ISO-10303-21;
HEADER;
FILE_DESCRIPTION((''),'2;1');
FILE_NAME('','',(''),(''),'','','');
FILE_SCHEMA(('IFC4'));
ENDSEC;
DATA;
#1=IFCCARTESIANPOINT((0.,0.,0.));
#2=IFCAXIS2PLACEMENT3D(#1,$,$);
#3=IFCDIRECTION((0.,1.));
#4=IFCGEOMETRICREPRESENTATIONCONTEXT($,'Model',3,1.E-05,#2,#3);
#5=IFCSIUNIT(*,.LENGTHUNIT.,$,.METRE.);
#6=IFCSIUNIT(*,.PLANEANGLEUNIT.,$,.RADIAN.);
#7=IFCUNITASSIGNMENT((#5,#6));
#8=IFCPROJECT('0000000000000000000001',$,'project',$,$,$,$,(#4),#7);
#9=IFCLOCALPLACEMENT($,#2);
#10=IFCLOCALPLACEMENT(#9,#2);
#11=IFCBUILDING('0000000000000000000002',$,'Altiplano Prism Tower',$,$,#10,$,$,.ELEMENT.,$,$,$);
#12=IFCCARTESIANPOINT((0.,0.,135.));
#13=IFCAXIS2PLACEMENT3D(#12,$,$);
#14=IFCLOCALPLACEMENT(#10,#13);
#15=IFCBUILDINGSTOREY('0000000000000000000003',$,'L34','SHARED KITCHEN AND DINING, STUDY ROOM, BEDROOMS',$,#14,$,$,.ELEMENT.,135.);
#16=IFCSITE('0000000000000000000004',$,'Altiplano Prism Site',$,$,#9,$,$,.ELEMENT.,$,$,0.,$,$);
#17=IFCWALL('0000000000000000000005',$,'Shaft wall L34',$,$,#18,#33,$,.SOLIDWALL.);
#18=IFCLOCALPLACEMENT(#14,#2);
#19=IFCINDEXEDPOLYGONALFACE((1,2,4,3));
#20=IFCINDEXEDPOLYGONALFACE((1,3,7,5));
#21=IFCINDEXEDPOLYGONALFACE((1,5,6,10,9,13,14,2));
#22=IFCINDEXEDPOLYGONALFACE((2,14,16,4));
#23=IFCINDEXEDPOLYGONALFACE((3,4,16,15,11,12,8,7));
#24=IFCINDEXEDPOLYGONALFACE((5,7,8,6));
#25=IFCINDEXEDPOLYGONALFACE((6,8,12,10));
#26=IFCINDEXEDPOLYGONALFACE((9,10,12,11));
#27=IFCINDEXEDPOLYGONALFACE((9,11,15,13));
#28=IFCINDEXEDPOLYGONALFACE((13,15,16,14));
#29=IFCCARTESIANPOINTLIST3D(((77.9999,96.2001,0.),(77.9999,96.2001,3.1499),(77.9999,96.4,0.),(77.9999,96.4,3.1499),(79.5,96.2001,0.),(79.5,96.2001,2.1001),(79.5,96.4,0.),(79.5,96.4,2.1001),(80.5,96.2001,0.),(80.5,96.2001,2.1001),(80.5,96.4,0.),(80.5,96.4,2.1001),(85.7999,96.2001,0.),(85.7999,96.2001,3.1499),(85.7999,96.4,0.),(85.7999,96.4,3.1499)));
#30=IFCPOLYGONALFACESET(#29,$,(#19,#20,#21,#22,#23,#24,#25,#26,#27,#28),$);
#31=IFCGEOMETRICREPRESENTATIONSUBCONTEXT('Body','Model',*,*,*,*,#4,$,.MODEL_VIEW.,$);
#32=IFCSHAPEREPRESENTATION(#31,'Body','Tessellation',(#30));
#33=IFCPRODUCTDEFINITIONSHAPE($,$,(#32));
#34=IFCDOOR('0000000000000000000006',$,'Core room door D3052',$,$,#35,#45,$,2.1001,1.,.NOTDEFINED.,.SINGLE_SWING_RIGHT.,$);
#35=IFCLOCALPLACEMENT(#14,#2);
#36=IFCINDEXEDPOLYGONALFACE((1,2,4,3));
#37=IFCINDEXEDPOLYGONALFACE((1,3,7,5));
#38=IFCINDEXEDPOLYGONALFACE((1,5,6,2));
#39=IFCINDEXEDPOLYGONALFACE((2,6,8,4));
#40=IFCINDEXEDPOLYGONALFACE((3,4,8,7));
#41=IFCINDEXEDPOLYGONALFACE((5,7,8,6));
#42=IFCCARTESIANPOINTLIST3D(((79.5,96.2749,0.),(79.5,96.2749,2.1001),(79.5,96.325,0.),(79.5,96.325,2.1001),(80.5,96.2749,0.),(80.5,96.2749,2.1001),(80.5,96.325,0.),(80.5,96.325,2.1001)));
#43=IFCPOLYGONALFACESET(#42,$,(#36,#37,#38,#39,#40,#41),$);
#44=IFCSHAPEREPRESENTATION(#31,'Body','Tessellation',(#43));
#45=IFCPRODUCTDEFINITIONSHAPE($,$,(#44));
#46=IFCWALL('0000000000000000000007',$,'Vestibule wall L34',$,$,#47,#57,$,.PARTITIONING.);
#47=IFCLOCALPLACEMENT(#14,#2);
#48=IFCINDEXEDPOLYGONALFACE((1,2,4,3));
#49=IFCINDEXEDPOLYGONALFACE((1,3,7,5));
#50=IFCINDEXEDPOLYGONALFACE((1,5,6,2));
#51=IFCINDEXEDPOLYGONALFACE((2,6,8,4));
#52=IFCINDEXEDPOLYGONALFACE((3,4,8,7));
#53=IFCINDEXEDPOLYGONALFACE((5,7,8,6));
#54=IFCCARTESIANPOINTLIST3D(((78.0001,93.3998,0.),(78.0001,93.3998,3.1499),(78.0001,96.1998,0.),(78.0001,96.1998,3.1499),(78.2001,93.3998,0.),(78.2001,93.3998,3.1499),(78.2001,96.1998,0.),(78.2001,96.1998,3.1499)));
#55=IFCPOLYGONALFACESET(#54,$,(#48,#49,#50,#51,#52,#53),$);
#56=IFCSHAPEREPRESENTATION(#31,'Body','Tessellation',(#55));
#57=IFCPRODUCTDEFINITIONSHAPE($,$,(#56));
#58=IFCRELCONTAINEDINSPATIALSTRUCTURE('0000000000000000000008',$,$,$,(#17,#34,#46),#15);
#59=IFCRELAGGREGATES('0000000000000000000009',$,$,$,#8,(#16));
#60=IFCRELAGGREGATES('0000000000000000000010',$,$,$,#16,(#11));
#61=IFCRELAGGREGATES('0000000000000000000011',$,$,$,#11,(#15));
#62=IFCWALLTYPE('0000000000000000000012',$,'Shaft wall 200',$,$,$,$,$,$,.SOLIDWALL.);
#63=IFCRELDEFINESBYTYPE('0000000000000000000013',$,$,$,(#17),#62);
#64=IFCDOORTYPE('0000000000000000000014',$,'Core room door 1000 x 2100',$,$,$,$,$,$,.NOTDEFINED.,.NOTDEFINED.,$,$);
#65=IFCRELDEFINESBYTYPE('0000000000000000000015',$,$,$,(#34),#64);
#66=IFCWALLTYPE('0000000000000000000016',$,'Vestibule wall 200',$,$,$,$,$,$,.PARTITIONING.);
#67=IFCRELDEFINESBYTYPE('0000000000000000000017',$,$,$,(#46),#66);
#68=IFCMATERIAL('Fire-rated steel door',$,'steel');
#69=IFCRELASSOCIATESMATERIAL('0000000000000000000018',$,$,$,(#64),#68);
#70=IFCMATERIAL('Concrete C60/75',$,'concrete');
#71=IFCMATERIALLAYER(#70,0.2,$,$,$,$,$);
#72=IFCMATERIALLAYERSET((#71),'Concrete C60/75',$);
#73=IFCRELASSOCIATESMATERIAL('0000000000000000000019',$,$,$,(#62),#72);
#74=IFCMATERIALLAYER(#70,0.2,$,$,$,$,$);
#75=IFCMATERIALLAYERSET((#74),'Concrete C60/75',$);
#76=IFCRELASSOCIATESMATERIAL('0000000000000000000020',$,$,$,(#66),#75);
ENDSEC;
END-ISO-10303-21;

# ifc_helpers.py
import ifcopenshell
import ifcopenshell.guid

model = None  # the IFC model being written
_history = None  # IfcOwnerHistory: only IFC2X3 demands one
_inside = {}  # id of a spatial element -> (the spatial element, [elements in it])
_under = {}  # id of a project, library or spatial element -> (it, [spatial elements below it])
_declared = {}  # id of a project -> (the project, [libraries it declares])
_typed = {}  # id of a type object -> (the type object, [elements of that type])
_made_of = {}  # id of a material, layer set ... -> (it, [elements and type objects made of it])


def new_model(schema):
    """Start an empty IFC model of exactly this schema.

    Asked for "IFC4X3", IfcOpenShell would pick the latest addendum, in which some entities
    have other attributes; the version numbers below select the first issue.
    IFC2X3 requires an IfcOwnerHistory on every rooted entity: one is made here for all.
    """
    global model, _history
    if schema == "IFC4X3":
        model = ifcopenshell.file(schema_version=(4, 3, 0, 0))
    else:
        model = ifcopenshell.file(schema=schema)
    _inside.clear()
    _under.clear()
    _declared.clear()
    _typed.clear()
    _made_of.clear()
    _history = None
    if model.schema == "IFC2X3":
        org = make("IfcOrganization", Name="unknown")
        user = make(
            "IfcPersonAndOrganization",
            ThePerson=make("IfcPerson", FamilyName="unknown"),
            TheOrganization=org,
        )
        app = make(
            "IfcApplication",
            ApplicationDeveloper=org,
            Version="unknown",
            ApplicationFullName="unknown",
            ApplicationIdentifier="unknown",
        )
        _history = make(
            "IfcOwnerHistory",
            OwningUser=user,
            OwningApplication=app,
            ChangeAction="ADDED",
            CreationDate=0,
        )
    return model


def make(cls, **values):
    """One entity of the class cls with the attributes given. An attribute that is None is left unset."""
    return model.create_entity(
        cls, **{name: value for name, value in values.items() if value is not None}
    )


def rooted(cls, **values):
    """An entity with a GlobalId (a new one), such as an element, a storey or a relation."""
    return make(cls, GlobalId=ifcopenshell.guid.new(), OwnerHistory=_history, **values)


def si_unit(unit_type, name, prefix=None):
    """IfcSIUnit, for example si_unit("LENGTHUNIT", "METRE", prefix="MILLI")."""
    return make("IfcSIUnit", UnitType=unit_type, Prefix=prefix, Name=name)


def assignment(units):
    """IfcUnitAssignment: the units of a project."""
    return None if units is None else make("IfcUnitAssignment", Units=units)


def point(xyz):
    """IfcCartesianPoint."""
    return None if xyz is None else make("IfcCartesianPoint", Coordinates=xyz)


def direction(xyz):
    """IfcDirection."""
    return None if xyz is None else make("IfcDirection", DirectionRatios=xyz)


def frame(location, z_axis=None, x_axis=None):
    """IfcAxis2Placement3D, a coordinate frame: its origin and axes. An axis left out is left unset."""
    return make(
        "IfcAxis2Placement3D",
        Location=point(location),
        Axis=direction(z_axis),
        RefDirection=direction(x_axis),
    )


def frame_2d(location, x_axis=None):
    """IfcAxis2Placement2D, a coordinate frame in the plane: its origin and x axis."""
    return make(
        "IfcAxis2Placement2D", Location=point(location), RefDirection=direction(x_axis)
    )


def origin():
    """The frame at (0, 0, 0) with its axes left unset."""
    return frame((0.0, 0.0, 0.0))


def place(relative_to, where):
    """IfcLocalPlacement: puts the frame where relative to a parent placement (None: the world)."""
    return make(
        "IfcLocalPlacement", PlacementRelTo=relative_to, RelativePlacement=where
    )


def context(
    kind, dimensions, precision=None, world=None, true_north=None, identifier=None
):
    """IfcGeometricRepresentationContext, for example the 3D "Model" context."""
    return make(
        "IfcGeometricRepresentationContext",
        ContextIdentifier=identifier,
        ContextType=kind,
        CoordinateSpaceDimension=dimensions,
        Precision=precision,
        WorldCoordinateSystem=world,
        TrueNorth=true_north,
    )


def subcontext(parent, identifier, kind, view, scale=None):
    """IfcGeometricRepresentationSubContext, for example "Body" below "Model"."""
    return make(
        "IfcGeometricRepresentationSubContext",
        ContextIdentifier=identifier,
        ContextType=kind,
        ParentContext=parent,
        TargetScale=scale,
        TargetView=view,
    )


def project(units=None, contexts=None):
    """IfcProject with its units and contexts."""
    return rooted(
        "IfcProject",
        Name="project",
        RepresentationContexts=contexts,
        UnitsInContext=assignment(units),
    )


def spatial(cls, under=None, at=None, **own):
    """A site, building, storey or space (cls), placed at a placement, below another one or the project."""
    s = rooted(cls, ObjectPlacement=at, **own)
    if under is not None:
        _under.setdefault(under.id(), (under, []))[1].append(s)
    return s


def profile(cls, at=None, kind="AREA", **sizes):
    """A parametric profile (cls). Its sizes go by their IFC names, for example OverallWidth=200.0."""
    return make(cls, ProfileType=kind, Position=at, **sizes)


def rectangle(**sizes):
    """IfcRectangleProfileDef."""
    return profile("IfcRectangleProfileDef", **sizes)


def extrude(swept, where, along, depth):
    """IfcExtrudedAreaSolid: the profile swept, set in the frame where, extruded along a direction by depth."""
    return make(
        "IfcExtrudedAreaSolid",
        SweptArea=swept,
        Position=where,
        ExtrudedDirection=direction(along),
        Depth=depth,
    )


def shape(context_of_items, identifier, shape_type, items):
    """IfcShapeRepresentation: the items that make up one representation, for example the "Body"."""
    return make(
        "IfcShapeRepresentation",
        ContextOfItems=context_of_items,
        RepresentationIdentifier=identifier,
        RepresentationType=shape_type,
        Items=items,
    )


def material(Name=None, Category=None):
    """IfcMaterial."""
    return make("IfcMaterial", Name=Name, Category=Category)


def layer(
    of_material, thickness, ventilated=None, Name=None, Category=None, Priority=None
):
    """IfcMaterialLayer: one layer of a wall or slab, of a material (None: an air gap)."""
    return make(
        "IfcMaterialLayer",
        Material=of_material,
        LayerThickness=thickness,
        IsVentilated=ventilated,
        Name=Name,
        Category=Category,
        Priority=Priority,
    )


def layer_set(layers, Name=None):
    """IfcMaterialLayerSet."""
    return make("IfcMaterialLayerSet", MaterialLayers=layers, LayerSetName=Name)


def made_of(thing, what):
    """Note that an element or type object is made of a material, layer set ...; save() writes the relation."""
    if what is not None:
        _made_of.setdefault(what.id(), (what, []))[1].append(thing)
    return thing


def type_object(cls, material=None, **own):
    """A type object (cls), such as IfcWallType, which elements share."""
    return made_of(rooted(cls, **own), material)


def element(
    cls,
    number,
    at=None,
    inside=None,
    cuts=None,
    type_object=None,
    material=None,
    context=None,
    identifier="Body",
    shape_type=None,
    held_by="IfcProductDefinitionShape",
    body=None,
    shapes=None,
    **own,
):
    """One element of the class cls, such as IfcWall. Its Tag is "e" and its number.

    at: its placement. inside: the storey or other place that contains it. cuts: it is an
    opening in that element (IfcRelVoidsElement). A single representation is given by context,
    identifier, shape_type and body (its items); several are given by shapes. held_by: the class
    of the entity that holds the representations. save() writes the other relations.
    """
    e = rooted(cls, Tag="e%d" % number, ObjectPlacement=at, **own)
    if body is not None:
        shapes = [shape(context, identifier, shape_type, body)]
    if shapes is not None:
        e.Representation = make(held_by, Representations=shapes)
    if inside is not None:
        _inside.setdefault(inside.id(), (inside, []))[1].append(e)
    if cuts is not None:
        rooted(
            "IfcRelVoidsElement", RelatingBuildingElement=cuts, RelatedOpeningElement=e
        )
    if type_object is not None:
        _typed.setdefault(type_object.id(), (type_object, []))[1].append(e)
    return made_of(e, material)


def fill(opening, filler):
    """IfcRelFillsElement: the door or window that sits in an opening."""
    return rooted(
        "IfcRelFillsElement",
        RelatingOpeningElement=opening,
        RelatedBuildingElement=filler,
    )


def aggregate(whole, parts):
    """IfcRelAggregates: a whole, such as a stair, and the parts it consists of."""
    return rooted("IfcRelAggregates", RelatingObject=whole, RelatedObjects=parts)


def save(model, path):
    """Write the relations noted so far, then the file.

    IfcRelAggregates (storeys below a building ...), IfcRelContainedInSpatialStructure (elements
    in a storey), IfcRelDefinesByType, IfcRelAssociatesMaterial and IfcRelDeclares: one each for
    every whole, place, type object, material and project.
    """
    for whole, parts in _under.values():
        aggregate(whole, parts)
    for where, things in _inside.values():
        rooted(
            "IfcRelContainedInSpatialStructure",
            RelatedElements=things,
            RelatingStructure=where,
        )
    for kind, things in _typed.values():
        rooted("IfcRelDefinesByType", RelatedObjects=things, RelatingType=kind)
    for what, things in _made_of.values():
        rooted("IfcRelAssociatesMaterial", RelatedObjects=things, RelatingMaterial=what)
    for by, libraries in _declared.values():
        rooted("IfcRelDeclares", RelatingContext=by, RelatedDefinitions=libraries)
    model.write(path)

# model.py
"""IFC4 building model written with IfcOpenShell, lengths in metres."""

from ifc_helpers import new_model, si_unit, direction, frame, frame_2d, origin, place, context, subcontext, project, spatial, rectangle, extrude, material, layer, layer_set, type_object, element, fill, save


model = new_model("IFC4")

# Units and contexts
model_context = context("Model", 3, precision=1e-05, world=origin(), true_north=direction((0.0, 1.0)))
body_context = subcontext(model_context, "Body", "Model", "MODEL_VIEW")
ifc_project = project(units=[si_unit("LENGTHUNIT", "METRE"), si_unit("PLANEANGLEUNIT", "RADIAN")], contexts=[model_context])

# Site, building, storey
site_placement = place(None, origin())
site = spatial("IfcSite", under=ifc_project, at=site_placement, Name="Altiplano Prism Site", CompositionType="ELEMENT", RefElevation=0.0)
building_placement = place(site_placement, origin())
building = spatial("IfcBuilding", under=site, at=building_placement, Name="Altiplano Prism Tower", CompositionType="ELEMENT")
storey_placement = place(building_placement, frame((0.0, 0.0, 135.0)))
storey = spatial("IfcBuildingStorey", under=building, at=storey_placement, Name="L34", Description="SHARED KITCHEN AND DINING, STUDY ROOM, BEDROOMS", CompositionType="ELEMENT", Elevation=135.0)

# Shared definitions
ifc_material_1 = material(Name="Concrete C60/75", Category="concrete")

# Shared definitions
ifc_material_2 = material(Name="Fire-rated steel door", Category="steel")
door_type_1 = type_object("IfcDoorType", Name="Core room door 1000 x 2100", OperationType="NOTDEFINED", PredefinedType="NOTDEFINED", material=ifc_material_2)

# Wall, opening, door
ifc_layer_1 = layer(ifc_material_1, 0.2)
ifc_layer_set_1 = layer_set([ifc_layer_1], Name="Concrete C60/75")
wall_type_1 = type_object("IfcWallType", Name="Shaft wall 200", PredefinedType="SOLIDWALL", material=ifc_layer_set_1)
wall_1_placement = place(storey_placement, frame((78.0, 96.3, 0.0), z_axis=(0.0, 0.0, 1.0), x_axis=(1.0, 0.0, 0.0)))
wall_1 = element("IfcWall", 1, at=wall_1_placement, inside=storey, type_object=wall_type_1, Name="Shaft wall L34", PredefinedType="SOLIDWALL", context=body_context, shape_type="SweptSolid", body=[
    extrude(rectangle(XDim=7.8, YDim=0.2, at=frame_2d((3.8999, 0.0))), origin(), (0.0, 0.0, 1.0), 3.1499),
])
opening_1_placement = place(wall_1_placement, frame((1.5, 0.0, 0.0)))
opening_1 = element("IfcOpeningElement", 2, at=opening_1_placement, cuts=wall_1, PredefinedType="OPENING", context=body_context, shape_type="SweptSolid", body=[
    extrude(rectangle(XDim=1.0, YDim=2.1001, at=frame_2d((0.5, 1.05))), frame((0.0, 0.1104, 0.0), z_axis=(0.0, -1.0, 0.0), x_axis=(1.0, 0.0, 0.0)), (0.0, 0.0, 1.0), 0.2209),
])
door_1_placement = place(opening_1_placement, origin())
door_1 = element("IfcDoor", 3, at=door_1_placement, inside=storey, type_object=door_type_1, Name="Core room door D3052", OperationType="SINGLE_SWING_RIGHT", OverallHeight=2.1001, OverallWidth=1.0, PredefinedType="NOTDEFINED", context=body_context, shape_type="SweptSolid", body=[
    extrude(rectangle(XDim=1.0, YDim=2.1001, at=frame_2d((0.5, 1.05))), frame((0.0, 0.0249, 0.0), z_axis=(0.0, -1.0, 0.0), x_axis=(1.0, 0.0, 0.0)), (0.0, 0.0, 1.0), 0.05),
])
fill(opening_1, door_1)

# Wall
ifc_layer_2 = layer(ifc_material_1, 0.2)
ifc_layer_set_2 = layer_set([ifc_layer_2], Name="Concrete C60/75")
wall_type_2 = type_object("IfcWallType", Name="Vestibule wall 200", PredefinedType="PARTITIONING", material=ifc_layer_set_2)
wall_2_placement = place(storey_placement, frame((78.1001, 93.3999, 0.0), z_axis=(0.0, 0.0, 1.0), x_axis=(0.0, 1.0, 0.0)))
element("IfcWall", 4, at=wall_2_placement, inside=storey, type_object=wall_type_2, Name="Vestibule wall L34", PredefinedType="PARTITIONING", context=body_context, shape_type="SweptSolid", body=[
    extrude(rectangle(XDim=2.8, YDim=0.2, at=frame_2d((1.3999, 0.0))), origin(), (0.0, 0.0, 1.0), 3.1499),
])

save(model, "model.ifc")
